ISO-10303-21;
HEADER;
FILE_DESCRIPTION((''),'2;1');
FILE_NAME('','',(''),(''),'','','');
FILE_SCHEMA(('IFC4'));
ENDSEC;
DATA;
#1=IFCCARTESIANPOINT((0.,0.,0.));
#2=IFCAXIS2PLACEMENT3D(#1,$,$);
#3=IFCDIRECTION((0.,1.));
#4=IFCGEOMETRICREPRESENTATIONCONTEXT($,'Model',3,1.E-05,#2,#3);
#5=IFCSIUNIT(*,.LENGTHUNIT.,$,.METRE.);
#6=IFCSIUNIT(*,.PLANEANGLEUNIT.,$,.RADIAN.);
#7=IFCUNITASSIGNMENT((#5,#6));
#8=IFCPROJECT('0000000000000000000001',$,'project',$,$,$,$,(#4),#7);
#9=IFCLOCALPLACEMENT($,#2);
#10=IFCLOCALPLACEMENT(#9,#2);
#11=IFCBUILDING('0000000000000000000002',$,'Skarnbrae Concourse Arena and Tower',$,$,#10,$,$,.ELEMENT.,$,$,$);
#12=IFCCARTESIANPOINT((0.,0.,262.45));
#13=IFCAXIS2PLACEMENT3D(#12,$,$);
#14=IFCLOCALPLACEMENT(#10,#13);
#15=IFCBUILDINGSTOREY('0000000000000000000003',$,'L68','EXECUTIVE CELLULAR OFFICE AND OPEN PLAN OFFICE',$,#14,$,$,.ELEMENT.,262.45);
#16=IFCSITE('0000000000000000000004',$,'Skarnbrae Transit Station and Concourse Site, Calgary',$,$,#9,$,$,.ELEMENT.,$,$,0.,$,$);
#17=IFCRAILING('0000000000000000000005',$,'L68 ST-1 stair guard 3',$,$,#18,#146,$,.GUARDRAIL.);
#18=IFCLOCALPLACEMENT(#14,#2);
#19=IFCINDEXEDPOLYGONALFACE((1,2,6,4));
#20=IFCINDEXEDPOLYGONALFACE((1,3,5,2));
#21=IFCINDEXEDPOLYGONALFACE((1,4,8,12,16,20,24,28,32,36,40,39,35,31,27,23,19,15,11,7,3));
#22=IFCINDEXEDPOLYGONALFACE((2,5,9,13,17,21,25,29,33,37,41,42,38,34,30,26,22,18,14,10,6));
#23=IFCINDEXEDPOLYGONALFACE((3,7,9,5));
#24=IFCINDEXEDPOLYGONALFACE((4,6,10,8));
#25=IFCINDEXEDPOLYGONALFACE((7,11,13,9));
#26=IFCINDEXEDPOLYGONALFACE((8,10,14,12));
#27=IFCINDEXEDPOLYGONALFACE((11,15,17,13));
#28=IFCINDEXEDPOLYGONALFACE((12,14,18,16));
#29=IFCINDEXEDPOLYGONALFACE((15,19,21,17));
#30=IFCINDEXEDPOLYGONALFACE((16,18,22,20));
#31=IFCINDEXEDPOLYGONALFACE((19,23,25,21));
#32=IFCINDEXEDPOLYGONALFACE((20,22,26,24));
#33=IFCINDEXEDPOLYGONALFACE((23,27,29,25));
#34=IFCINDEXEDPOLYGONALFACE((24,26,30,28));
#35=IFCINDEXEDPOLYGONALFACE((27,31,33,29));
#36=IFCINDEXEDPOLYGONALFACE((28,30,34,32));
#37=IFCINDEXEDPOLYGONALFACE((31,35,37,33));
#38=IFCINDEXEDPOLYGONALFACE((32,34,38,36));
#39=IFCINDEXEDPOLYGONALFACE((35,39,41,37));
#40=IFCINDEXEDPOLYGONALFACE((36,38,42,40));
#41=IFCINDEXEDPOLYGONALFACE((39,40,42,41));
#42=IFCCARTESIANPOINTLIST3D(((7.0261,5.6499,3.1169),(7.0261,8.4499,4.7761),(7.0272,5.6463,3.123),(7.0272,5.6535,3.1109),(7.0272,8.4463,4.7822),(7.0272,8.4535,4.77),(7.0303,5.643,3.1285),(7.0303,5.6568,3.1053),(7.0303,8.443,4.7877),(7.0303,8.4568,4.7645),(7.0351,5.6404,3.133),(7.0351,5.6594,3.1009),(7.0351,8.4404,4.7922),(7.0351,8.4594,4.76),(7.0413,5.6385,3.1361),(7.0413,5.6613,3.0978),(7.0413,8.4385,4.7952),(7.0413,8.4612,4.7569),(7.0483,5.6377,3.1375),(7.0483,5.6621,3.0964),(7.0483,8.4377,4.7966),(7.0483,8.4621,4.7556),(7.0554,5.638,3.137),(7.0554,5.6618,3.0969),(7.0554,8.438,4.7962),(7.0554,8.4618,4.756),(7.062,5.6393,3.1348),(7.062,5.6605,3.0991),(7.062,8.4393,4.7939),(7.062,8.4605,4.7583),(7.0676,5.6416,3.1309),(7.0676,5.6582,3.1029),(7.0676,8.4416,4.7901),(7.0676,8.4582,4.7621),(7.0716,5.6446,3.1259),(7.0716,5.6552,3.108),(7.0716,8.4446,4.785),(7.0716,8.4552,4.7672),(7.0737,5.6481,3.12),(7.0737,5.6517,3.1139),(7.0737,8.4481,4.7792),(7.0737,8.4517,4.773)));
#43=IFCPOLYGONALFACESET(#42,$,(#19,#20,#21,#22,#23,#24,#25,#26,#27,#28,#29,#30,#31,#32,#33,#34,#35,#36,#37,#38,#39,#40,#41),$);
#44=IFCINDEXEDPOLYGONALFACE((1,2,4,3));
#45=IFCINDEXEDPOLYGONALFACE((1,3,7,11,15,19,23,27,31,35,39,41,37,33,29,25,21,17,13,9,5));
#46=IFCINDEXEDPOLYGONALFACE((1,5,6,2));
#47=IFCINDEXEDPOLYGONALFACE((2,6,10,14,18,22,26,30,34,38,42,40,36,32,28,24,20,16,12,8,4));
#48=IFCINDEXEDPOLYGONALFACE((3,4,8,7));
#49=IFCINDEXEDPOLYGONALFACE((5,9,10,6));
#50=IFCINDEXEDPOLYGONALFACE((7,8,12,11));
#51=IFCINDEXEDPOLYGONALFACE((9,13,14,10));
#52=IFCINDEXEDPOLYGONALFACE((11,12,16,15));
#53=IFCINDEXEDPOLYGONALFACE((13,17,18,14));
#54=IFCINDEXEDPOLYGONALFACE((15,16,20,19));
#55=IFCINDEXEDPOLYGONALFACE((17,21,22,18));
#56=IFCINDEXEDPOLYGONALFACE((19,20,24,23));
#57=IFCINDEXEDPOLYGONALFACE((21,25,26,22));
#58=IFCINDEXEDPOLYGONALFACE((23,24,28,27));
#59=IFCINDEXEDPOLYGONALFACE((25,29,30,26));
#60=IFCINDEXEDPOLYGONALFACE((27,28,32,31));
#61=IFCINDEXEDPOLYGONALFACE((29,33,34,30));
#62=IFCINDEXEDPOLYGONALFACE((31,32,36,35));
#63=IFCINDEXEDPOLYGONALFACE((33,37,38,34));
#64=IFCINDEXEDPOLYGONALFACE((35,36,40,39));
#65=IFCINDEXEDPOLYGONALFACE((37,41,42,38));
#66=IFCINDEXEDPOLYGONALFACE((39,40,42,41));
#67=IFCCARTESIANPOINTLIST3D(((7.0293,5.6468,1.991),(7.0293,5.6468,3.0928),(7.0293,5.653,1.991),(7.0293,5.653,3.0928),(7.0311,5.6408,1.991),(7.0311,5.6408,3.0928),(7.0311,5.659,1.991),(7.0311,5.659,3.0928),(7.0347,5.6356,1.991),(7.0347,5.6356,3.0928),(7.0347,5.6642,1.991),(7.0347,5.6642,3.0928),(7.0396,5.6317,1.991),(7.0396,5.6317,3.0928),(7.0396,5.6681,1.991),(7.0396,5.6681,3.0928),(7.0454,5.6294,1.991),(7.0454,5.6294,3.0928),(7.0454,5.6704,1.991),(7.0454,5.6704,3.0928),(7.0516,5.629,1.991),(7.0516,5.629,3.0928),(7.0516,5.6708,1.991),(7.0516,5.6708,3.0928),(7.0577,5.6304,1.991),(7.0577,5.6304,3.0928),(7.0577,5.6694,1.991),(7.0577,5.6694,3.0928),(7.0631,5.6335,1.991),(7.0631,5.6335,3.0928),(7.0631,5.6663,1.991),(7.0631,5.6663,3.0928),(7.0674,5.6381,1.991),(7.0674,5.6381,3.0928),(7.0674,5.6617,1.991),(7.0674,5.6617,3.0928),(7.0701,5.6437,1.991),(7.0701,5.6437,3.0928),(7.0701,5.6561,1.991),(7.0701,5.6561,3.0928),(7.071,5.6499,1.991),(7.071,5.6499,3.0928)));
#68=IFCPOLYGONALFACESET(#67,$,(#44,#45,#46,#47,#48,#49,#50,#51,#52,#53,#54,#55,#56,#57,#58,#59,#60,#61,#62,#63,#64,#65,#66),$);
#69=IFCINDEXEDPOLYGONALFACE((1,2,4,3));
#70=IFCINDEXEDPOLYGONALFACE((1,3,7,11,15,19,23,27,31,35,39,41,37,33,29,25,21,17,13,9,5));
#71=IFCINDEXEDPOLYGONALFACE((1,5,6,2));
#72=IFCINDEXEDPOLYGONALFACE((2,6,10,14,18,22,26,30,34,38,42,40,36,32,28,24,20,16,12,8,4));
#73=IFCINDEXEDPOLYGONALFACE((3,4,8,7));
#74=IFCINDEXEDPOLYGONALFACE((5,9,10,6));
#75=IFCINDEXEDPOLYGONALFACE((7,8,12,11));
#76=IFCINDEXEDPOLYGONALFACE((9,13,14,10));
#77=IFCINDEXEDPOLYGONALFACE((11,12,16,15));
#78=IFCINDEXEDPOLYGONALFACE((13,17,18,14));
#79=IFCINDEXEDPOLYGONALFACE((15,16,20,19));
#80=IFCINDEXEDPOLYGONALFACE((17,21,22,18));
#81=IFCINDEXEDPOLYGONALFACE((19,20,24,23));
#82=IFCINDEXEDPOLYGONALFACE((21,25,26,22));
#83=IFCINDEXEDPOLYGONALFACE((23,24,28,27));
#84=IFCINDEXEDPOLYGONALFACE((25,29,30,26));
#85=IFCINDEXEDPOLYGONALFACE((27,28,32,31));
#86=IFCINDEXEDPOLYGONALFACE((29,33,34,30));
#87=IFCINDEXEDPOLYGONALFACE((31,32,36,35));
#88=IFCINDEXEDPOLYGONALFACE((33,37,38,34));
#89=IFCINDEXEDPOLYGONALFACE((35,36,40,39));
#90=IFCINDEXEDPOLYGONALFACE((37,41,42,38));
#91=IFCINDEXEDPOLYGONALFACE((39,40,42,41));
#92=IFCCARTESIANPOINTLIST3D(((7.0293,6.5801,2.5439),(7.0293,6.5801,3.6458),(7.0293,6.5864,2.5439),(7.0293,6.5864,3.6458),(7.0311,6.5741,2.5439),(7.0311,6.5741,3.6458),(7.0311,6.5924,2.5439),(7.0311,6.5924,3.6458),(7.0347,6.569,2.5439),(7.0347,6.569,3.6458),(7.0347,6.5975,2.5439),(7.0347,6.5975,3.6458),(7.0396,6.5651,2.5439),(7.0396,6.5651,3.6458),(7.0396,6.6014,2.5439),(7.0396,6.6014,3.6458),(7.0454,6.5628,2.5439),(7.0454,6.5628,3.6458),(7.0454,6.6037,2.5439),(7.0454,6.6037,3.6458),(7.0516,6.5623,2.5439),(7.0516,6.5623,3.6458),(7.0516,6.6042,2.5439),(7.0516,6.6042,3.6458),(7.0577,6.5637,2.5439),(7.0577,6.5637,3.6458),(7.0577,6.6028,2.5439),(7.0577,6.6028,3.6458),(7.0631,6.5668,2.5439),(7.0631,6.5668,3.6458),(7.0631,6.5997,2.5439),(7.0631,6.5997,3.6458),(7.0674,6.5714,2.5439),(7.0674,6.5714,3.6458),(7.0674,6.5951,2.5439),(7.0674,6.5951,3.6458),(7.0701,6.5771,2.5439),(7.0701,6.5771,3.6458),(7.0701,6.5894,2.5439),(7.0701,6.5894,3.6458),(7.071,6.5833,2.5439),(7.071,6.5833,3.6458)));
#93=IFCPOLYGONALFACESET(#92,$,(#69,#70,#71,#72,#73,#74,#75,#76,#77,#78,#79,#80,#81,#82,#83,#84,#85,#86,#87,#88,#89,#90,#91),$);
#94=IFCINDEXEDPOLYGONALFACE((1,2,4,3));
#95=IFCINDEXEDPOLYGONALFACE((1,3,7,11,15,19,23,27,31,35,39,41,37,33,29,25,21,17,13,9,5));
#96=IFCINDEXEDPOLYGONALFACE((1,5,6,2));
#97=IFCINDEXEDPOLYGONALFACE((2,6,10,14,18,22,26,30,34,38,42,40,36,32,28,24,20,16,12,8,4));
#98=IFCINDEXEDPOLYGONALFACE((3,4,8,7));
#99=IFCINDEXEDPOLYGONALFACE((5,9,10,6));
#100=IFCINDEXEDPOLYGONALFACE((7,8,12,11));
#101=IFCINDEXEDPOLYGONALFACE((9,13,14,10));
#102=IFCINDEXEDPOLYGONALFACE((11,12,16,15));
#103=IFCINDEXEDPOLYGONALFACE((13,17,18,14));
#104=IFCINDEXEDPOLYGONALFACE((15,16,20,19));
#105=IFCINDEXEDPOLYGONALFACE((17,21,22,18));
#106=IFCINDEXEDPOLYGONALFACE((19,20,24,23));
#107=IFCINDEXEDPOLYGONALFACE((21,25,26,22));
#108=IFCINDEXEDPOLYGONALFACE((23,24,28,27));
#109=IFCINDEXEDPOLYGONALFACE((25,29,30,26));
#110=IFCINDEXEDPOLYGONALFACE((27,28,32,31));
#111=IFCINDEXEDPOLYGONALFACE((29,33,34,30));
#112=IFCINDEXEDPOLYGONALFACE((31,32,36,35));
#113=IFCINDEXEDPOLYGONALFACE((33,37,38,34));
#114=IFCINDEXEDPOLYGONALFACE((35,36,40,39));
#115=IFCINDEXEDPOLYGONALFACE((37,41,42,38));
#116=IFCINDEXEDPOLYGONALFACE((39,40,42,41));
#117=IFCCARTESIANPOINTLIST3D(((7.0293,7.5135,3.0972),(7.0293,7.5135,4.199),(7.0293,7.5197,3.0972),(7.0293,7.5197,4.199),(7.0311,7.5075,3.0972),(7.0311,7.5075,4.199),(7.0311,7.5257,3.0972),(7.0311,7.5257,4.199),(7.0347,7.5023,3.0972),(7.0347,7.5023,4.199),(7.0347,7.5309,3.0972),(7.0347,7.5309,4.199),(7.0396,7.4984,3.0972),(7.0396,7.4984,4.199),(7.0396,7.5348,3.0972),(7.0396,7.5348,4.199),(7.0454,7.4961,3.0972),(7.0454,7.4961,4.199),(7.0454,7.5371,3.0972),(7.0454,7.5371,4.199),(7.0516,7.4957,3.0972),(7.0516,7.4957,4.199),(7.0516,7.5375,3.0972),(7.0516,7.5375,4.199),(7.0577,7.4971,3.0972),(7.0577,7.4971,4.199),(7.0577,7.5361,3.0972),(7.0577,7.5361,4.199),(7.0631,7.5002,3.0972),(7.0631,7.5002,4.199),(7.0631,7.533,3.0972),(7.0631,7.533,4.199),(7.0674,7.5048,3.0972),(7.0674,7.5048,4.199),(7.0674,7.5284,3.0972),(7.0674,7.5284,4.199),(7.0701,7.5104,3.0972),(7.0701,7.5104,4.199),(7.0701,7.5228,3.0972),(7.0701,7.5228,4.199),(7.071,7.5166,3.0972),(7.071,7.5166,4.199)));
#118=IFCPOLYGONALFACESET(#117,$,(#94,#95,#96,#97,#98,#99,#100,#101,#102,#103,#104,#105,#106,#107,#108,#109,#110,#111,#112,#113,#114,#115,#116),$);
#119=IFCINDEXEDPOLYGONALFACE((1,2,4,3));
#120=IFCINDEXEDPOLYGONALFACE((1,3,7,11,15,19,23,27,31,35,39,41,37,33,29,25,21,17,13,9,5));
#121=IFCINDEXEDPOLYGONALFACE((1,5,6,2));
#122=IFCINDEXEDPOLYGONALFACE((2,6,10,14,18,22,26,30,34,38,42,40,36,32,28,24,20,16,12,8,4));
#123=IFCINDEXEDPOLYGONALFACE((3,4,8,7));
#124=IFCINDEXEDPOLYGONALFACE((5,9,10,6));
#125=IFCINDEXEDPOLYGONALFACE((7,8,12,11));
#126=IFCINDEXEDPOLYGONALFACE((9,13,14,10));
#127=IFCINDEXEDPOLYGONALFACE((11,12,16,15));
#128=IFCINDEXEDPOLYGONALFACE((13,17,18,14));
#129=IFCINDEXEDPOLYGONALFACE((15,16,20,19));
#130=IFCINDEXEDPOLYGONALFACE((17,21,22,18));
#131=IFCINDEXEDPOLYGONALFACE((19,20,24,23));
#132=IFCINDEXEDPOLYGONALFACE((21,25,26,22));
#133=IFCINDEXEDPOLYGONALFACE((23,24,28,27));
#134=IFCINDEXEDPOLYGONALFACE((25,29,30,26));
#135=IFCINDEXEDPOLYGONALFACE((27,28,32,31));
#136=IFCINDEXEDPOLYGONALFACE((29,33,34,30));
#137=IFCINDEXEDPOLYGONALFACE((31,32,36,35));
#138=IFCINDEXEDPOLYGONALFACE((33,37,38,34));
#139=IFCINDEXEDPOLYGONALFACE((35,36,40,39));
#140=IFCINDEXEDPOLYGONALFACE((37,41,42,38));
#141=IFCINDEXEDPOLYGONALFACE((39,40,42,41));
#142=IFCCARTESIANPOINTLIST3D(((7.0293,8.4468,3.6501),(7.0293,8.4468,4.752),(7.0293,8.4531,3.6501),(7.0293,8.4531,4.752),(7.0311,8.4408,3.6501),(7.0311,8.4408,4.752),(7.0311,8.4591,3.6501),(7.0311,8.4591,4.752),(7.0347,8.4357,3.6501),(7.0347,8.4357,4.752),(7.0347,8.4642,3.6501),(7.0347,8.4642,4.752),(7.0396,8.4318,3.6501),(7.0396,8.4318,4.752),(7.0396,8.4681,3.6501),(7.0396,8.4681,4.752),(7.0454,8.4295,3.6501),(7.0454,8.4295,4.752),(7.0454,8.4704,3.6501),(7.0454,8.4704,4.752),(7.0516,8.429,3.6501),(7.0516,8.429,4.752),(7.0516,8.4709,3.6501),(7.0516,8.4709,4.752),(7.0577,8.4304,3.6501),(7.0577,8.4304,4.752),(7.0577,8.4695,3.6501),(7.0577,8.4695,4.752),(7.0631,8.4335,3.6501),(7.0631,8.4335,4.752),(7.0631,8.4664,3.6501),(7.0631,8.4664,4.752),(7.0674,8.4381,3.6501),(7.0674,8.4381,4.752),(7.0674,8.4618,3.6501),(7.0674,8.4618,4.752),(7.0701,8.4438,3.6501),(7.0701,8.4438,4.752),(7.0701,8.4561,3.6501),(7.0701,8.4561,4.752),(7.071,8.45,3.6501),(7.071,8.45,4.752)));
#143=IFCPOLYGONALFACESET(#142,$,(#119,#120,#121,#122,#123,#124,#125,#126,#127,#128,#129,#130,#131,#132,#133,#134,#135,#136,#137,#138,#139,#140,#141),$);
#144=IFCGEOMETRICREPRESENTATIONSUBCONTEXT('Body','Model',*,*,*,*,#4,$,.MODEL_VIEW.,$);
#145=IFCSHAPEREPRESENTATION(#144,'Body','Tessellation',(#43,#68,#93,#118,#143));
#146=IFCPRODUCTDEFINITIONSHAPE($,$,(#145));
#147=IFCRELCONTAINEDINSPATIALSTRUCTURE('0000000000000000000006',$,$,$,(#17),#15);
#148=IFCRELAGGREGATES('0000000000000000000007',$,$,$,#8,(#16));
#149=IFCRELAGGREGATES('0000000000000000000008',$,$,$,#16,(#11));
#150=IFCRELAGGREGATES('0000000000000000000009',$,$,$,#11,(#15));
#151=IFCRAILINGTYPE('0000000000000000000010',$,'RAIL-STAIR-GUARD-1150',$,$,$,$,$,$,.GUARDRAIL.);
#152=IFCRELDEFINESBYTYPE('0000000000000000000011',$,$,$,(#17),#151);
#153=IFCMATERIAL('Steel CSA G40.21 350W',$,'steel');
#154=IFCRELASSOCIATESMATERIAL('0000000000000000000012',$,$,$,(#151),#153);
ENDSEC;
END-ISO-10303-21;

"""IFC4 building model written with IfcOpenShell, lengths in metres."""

from ifc_helpers import new_model, si_unit, direction, frame, origin, origin_2d, place, context, subcontext, project, spatial, circle, extrude, material, type_object, element, save


model = new_model("IFC4")

# Units and contexts
model_context = context("Model", 3, precision=1e-05, world=origin(), true_north=direction((0.0, 1.0)))
body_context = subcontext(model_context, "Body", "Model", "MODEL_VIEW")
ifc_project = project(units=[si_unit("LENGTHUNIT", "METRE"), si_unit("PLANEANGLEUNIT", "RADIAN")], contexts=[model_context])

# Site, building, storey
site_placement = place(None, origin())
site = spatial("IfcSite", under=ifc_project, at=site_placement, Name="Skarnbrae Transit Station and Concourse Site, Calgary", CompositionType="ELEMENT", RefElevation=0.0)
building_placement = place(site_placement, origin())
building = spatial("IfcBuilding", under=site, at=building_placement, Name="Skarnbrae Concourse Arena and Tower", CompositionType="ELEMENT")
storey_placement = place(building_placement, frame((0.0, 0.0, 262.45)))
storey = spatial("IfcBuildingStorey", under=building, at=storey_placement, Name="L68", Description="EXECUTIVE CELLULAR OFFICE AND OPEN PLAN OFFICE", CompositionType="ELEMENT", Elevation=262.45)

# Shared definitions
ifc_material_1 = material(Name="Steel CSA G40.21 350W", Category="steel")

# Railing
railing_type_1 = type_object("IfcRailingType", Name="RAIL-STAIR-GUARD-1150", PredefinedType="GUARDRAIL", material=ifc_material_1)
railing_1_placement = place(storey_placement, frame((7.05, 5.6499, 1.991)))
element("IfcRailing", 1, at=railing_1_placement, inside=storey, type_object=railing_type_1, Name="L68 ST-1 stair guard 3", PredefinedType="GUARDRAIL", context=body_context, shape_type="SweptSolid", body=[
    extrude(circle(Radius=0.0239, at=origin_2d()), frame((0.0, 0.0, 1.126), z_axis=(0.0, 0.860306, 0.509778), x_axis=(-1.0, 0.0, 0.0)), (0.0, 0.0, 1.0), 3.2546),
    extrude(circle(Radius=0.021, at=origin_2d()), origin(), (0.0, 0.0, 1.0), 1.1018),
    extrude(circle(Radius=0.021, at=origin_2d()), frame((0.0, 0.9333, 0.553)), (0.0, 0.0, 1.0), 1.1018),
    extrude(circle(Radius=0.021, at=origin_2d()), frame((0.0, 1.8667, 1.1062)), (0.0, 0.0, 1.0), 1.1018),
    extrude(circle(Radius=0.021, at=origin_2d()), frame((0.0, 2.8, 1.6592)), (0.0, 0.0, 1.0), 1.1018),
])

save(model, "model.ifc")
